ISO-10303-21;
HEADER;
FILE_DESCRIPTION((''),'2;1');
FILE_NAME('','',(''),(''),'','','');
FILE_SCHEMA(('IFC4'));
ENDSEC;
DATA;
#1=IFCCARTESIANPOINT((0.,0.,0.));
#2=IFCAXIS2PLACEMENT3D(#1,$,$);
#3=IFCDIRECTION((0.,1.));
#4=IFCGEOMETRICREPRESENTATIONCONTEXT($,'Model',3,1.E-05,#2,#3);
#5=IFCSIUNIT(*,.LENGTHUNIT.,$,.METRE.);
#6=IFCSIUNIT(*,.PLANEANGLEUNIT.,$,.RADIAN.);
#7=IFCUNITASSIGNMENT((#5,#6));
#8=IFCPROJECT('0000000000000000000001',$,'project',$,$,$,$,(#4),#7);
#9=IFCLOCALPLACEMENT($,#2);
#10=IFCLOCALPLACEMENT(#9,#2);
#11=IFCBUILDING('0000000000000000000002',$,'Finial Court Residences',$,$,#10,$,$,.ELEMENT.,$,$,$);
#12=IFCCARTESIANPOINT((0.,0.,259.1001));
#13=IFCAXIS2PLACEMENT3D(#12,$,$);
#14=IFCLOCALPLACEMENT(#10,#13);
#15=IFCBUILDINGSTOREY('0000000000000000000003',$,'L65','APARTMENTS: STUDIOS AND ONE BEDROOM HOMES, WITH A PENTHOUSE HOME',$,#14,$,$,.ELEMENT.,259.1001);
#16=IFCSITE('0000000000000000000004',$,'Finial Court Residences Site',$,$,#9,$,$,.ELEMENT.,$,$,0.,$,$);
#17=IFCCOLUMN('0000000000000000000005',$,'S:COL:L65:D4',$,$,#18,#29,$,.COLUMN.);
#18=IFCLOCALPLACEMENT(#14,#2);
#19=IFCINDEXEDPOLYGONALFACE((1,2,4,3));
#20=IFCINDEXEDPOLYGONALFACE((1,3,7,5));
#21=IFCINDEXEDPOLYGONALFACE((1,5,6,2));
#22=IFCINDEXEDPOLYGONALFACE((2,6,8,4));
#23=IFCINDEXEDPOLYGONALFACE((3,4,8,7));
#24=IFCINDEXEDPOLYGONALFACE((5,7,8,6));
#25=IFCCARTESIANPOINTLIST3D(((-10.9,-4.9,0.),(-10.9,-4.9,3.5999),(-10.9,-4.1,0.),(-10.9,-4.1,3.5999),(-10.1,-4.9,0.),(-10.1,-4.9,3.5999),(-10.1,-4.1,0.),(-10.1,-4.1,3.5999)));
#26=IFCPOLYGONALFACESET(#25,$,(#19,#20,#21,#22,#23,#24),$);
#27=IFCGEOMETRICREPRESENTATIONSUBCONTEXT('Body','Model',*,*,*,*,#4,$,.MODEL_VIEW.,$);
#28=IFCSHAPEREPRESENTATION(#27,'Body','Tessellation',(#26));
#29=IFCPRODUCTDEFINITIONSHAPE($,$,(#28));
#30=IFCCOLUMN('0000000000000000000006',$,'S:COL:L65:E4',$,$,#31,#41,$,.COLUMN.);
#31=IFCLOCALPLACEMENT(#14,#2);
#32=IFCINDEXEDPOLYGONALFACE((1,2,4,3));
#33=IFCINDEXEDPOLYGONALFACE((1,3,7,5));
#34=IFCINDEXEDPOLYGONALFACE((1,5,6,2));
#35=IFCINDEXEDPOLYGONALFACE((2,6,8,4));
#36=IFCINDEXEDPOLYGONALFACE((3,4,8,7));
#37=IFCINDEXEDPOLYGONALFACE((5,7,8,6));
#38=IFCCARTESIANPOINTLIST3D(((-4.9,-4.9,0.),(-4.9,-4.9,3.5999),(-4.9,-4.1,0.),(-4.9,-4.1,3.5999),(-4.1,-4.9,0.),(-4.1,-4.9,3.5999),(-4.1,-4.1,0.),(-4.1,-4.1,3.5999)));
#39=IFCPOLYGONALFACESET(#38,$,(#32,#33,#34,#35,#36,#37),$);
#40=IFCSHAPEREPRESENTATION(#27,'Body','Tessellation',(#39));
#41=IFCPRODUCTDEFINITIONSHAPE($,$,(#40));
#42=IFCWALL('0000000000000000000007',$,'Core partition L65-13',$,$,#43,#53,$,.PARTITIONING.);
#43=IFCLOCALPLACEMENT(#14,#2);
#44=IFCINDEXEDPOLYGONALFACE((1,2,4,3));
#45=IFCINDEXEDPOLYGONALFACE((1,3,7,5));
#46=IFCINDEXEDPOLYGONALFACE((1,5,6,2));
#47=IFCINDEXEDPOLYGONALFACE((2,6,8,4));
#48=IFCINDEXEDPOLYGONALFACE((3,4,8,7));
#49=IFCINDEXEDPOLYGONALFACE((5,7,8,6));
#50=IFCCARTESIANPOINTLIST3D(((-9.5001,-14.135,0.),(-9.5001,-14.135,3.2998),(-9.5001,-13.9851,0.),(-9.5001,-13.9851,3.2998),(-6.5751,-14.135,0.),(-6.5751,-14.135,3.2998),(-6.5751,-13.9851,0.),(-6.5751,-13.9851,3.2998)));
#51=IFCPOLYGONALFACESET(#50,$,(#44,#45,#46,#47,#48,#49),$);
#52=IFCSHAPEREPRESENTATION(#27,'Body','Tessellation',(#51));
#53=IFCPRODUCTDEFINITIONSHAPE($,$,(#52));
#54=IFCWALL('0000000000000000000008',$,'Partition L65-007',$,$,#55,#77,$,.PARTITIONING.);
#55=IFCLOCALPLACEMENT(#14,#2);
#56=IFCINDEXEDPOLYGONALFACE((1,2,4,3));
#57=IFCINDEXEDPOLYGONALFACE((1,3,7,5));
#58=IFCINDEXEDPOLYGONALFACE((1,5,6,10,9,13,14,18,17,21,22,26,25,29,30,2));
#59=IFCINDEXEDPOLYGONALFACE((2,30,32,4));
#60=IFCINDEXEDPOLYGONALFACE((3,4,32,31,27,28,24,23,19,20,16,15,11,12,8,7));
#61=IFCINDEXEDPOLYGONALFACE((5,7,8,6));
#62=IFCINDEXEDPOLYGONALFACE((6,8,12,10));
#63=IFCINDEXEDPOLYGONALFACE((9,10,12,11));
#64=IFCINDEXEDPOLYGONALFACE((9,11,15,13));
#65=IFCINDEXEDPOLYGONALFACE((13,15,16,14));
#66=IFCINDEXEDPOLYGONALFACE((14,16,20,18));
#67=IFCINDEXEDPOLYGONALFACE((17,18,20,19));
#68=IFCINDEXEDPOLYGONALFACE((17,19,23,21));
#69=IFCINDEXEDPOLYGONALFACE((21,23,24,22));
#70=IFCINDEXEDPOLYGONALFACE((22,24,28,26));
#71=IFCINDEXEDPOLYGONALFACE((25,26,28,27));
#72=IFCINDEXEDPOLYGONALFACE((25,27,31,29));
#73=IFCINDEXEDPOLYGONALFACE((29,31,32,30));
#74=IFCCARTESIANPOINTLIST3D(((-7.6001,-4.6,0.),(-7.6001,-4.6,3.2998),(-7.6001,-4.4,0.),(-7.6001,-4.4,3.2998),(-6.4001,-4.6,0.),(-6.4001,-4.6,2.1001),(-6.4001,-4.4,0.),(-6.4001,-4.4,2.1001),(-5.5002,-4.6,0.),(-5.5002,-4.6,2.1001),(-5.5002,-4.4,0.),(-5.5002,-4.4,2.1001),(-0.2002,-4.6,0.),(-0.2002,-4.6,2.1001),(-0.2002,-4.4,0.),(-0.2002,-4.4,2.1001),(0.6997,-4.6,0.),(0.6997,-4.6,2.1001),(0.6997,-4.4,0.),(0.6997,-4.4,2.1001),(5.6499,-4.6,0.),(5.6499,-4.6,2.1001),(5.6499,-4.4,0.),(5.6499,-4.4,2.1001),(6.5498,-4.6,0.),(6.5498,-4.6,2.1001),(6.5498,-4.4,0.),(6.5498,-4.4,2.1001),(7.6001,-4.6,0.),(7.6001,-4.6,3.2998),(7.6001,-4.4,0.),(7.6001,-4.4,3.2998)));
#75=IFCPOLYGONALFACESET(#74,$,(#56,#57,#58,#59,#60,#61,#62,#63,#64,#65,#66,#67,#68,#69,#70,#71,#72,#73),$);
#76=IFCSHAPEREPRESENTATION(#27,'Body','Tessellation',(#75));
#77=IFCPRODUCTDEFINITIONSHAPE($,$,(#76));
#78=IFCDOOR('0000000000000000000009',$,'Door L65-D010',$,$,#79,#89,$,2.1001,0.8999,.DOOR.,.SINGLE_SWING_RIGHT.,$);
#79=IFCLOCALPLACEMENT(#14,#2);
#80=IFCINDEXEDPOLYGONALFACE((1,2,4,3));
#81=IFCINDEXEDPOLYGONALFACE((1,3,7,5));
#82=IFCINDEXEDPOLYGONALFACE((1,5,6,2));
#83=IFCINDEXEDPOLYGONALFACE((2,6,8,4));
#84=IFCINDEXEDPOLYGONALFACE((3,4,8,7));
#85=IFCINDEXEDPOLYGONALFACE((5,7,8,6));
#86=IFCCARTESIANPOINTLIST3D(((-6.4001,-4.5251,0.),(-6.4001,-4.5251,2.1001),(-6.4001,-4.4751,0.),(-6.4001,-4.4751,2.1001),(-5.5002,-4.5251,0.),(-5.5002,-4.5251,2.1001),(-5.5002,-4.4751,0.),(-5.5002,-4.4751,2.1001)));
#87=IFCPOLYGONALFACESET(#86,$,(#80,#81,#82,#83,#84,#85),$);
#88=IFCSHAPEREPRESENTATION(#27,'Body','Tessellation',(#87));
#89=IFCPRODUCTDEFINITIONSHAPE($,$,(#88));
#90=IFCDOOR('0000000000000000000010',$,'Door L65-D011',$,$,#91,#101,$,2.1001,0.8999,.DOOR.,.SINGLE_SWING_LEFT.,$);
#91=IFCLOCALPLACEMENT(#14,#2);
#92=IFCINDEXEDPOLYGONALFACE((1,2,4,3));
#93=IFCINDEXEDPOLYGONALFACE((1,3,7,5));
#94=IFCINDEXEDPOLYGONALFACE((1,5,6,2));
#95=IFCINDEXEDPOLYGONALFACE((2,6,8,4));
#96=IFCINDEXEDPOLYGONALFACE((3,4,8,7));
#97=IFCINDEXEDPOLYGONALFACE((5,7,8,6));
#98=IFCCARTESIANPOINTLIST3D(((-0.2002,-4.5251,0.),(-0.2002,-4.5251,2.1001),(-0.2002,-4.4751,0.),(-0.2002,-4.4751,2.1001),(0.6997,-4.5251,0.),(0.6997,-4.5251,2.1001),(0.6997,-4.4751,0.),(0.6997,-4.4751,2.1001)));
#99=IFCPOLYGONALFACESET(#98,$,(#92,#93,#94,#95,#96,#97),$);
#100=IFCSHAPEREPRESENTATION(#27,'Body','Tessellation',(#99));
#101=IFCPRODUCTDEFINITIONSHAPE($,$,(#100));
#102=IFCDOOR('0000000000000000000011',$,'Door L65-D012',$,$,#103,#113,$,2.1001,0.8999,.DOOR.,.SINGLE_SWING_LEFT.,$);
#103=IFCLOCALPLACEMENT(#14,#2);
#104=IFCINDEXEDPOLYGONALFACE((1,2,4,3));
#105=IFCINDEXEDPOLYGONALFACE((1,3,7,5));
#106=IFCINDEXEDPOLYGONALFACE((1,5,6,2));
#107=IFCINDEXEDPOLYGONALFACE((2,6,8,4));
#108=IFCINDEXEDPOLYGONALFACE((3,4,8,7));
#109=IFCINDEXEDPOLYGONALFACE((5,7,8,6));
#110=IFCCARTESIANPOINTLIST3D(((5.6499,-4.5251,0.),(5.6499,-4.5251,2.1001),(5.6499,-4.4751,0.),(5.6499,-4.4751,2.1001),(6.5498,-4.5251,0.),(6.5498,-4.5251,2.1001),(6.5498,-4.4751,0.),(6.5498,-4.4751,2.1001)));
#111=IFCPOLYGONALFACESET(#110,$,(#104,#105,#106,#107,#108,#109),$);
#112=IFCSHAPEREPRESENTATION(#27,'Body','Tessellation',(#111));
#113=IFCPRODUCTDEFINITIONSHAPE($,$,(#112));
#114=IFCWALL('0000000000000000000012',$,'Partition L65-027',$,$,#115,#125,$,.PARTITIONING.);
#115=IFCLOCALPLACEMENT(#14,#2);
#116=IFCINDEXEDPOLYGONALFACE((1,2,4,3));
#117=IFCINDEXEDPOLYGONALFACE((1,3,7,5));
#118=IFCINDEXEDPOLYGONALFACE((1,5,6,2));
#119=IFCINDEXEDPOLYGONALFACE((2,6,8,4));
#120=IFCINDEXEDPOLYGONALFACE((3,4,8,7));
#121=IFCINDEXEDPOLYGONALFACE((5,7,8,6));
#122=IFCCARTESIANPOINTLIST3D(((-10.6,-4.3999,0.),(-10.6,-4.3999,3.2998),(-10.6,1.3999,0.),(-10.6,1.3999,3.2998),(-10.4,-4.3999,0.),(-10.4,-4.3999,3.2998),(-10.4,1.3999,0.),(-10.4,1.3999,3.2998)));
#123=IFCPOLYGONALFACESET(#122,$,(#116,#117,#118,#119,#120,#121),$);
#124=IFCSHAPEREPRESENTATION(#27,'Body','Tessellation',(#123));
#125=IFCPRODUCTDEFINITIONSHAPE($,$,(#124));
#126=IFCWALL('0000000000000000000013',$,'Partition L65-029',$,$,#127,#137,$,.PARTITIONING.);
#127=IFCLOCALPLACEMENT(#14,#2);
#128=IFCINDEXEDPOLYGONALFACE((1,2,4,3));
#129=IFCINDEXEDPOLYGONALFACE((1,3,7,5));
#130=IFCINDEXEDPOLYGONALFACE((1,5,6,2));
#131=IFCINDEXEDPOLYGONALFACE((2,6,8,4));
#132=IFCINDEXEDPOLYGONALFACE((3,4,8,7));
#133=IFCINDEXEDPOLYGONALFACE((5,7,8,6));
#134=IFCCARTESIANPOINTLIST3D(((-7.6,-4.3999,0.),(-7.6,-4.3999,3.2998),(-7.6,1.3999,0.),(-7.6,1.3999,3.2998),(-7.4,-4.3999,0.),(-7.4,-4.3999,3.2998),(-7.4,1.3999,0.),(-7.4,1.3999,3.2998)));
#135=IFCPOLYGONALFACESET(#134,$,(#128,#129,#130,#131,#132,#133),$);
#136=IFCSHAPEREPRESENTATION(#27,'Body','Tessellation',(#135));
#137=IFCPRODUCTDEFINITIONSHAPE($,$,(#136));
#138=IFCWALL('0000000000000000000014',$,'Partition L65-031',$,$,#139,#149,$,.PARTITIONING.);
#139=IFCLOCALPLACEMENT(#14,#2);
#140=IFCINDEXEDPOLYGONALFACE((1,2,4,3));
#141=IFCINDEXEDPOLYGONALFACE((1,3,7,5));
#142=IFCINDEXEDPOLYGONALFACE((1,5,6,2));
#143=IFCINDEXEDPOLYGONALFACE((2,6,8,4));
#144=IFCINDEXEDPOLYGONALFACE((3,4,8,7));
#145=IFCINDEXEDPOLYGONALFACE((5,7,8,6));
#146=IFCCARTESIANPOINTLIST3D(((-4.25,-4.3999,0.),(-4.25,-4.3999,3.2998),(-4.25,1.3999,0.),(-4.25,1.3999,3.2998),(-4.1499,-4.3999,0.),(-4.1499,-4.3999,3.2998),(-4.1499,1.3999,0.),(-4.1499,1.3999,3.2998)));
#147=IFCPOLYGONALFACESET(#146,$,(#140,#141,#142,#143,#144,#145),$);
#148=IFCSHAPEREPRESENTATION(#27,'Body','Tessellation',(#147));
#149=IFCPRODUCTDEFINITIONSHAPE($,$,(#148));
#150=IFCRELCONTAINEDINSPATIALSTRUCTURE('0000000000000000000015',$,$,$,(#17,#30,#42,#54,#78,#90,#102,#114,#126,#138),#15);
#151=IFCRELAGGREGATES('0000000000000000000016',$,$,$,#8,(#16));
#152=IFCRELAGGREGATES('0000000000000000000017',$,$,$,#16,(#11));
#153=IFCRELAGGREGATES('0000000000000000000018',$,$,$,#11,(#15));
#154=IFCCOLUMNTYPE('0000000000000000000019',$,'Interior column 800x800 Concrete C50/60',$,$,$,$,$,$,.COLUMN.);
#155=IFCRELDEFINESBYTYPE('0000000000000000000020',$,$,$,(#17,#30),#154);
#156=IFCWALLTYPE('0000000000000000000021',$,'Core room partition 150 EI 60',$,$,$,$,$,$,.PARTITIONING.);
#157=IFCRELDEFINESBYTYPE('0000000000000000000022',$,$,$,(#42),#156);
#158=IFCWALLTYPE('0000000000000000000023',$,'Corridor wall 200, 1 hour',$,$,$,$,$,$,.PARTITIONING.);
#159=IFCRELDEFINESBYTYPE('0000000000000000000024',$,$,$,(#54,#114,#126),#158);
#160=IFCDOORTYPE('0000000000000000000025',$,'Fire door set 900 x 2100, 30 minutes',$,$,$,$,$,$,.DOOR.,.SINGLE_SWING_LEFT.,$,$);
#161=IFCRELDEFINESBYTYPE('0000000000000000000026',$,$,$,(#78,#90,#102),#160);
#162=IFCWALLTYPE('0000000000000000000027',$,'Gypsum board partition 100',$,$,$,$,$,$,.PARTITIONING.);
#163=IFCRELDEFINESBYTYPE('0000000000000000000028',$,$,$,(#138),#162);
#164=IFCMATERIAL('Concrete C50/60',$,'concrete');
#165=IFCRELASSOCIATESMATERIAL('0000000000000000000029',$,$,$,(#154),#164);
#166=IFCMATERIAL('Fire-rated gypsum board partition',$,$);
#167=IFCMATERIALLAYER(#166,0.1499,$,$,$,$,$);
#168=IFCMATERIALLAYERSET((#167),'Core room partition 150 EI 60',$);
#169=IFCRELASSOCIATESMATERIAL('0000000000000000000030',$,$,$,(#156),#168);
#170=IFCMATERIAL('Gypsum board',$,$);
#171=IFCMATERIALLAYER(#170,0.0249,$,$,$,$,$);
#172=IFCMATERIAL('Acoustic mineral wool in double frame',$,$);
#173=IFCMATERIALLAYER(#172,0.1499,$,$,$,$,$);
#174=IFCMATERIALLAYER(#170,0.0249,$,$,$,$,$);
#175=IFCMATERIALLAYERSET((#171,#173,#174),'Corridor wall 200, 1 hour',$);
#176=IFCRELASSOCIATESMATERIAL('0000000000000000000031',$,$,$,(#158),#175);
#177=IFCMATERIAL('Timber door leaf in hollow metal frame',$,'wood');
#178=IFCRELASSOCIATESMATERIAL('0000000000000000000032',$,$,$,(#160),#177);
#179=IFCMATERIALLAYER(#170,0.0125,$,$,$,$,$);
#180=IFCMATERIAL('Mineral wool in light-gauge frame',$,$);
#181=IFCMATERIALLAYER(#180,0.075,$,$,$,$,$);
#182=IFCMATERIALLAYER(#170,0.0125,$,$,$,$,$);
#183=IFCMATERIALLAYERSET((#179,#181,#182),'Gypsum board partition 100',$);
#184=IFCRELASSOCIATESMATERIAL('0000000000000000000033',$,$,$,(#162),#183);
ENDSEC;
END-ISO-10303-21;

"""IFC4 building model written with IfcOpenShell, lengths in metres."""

from ifc_helpers import new_model, si_unit, direction, frame, frame_2d, origin, origin_2d, place, context, subcontext, project, spatial, rectangle, extrude, material, layer, layer_set, material_profile, profile_set, type_object, element, fill, save


model = new_model("IFC4")

# Units and contexts
model_context = context("Model", 3, precision=1e-05, world=origin(), true_north=direction((0.0, 1.0)))
body_context = subcontext(model_context, "Body", "Model", "MODEL_VIEW")
ifc_project = project(units=[si_unit("LENGTHUNIT", "METRE"), si_unit("PLANEANGLEUNIT", "RADIAN")], contexts=[model_context])

# Site, building, storey
site_placement = place(None, origin())
site = spatial("IfcSite", under=ifc_project, at=site_placement, Name="Finial Court Residences Site", CompositionType="ELEMENT", RefElevation=0.0)
building_placement = place(site_placement, origin())
building = spatial("IfcBuilding", under=site, at=building_placement, Name="Finial Court Residences", CompositionType="ELEMENT")
storey_placement = place(building_placement, frame((0.0, 0.0, 259.1001)))
storey = spatial("IfcBuildingStorey", under=building, at=storey_placement, Name="L65", Description="APARTMENTS: STUDIOS AND ONE BEDROOM HOMES, WITH A PENTHOUSE HOME", CompositionType="ELEMENT", Elevation=259.1001)

# Columns
ifc_material_1 = material(Name="Concrete C50/60", Category="concrete")
ifc_material_profile = material_profile(ifc_material_1, rectangle(XDim=0.8, YDim=0.8, at=origin_2d()), Name="800x800")
ifc_profile_set = profile_set([ifc_material_profile], Name="Concrete C50/60")
column_type = type_object("IfcColumnType", Name="Interior column 800x800 Concrete C50/60", PredefinedType="COLUMN", material=ifc_profile_set)
for number, where, z_axis, x_axis, name in (
    (1, (-10.5, -4.5, 0.0), (0.0, 0.0, 1.0), (1.0, 0.0, 0.0), "S:COL:L65:D4"),
    (2, (-4.5, -4.5, 0.0), (0.0, 0.0, 1.0), (1.0, 0.0, 0.0), "S:COL:L65:E4"),
):
    element("IfcColumn", number, at=place(storey_placement, frame(where, z_axis=z_axis, x_axis=x_axis)), inside=storey, type_object=column_type, Name=name, PredefinedType="COLUMN", context=body_context, shape_type="SweptSolid", body=[
        extrude(rectangle(XDim=0.8, YDim=0.8, at=origin_2d()), origin(), (0.0, 0.0, 1.0), 3.5999),
    ])

# Wall
ifc_material_2 = material(Name="Fire-rated gypsum board partition")
ifc_layer_1 = layer(ifc_material_2, 0.1499)
ifc_layer_set_1 = layer_set([ifc_layer_1], Name="Core room partition 150 EI 60")
wall_type_1 = type_object("IfcWallType", Name="Core room partition 150 EI 60", PredefinedType="PARTITIONING", material=ifc_layer_set_1)
wall_1_placement = place(storey_placement, frame((-9.5, -14.0601, 0.0), z_axis=(0.0, 0.0, 1.0), x_axis=(1.0, 0.0, 0.0)))
element("IfcWall", 3, at=wall_1_placement, inside=storey, type_object=wall_type_1, Name="Core partition L65-13", PredefinedType="PARTITIONING", context=body_context, shape_type="SweptSolid", body=[
    extrude(rectangle(XDim=2.925, YDim=0.1499, at=frame_2d((1.4624, 0.0))), origin(), (0.0, 0.0, 1.0), 3.2998),
])

# Wall, openings, doors
ifc_material_3 = material(Name="Gypsum board")
ifc_layer_2 = layer(ifc_material_3, 0.0249)
ifc_material_4 = material(Name="Acoustic mineral wool in double frame")
ifc_layer_3 = layer(ifc_material_4, 0.1499)
ifc_layer_4 = layer(ifc_material_3, 0.0249)
ifc_layer_set_2 = layer_set([ifc_layer_2, ifc_layer_3, ifc_layer_4], Name="Corridor wall 200, 1 hour")
wall_type_2 = type_object("IfcWallType", Name="Corridor wall 200, 1 hour", PredefinedType="PARTITIONING", material=ifc_layer_set_2)
wall_2_placement = place(storey_placement, frame((-7.6001, -4.5, 0.0), z_axis=(0.0, 0.0, 1.0), x_axis=(1.0, 0.0, 0.0)))
wall_2 = element("IfcWall", 4, at=wall_2_placement, inside=storey, type_object=wall_type_2, Name="Partition L65-007", PredefinedType="PARTITIONING", context=body_context, shape_type="SweptSolid", body=[
    extrude(rectangle(XDim=15.2002, YDim=0.2, at=frame_2d((7.6001, 0.0))), origin(), (0.0, 0.0, 1.0), 3.2998),
])
opening_1_placement = place(wall_2_placement, frame((1.2, 0.0, 0.0)))
opening_1 = element("IfcOpeningElement", 5, at=opening_1_placement, cuts=wall_2, PredefinedType="OPENING", context=body_context, shape_type="SweptSolid", body=[
    extrude(rectangle(XDim=0.8999, YDim=2.1001, at=frame_2d((0.45, 1.05))), frame((0.0, 0.1099, 0.0), z_axis=(0.0, -1.0, 0.0), x_axis=(1.0, 0.0, 0.0)), (0.0, 0.0, 1.0), 0.22),
])
opening_2_placement = place(wall_2_placement, frame((7.3999, 0.0, 0.0)))
opening_2 = element("IfcOpeningElement", 6, at=opening_2_placement, cuts=wall_2, PredefinedType="OPENING", context=body_context, shape_type="SweptSolid", body=[
    extrude(rectangle(XDim=0.8999, YDim=2.1001, at=frame_2d((0.45, 1.05))), frame((0.0, 0.1099, 0.0), z_axis=(0.0, -1.0, 0.0), x_axis=(1.0, 0.0, 0.0)), (0.0, 0.0, 1.0), 0.22),
])
opening_3_placement = place(wall_2_placement, frame((13.25, 0.0, 0.0)))
opening_3 = element("IfcOpeningElement", 7, at=opening_3_placement, cuts=wall_2, PredefinedType="OPENING", context=body_context, shape_type="SweptSolid", body=[
    extrude(rectangle(XDim=0.8999, YDim=2.1001, at=frame_2d((0.45, 1.05))), frame((0.0, 0.1099, 0.0), z_axis=(0.0, -1.0, 0.0), x_axis=(1.0, 0.0, 0.0)), (0.0, 0.0, 1.0), 0.22),
])
ifc_material_5 = material(Name="Timber door leaf in hollow metal frame", Category="wood")
door_type_1 = type_object("IfcDoorType", Name="Fire door set 900 x 2100, 30 minutes", OperationType="SINGLE_SWING_LEFT", PredefinedType="DOOR", material=ifc_material_5)
door_1_placement = place(opening_1_placement, origin())
door_1 = element("IfcDoor", 8, at=door_1_placement, inside=storey, type_object=door_type_1, Name="Door L65-D010", OperationType="SINGLE_SWING_RIGHT", OverallHeight=2.1001, OverallWidth=0.8999, PredefinedType="DOOR", context=body_context, shape_type="SweptSolid", body=[
    extrude(rectangle(XDim=0.8999, YDim=2.1001, at=frame_2d((0.45, 1.05))), frame((0.0, 0.0249, 0.0), z_axis=(0.0, -1.0, 0.0), x_axis=(1.0, 0.0, 0.0)), (0.0, 0.0, 1.0), 0.05),
])
fill(opening_1, door_1)
door_2_placement = place(opening_2_placement, origin())
door_2 = element("IfcDoor", 9, at=door_2_placement, inside=storey, type_object=door_type_1, Name="Door L65-D011", OperationType="SINGLE_SWING_LEFT", OverallHeight=2.1001, OverallWidth=0.8999, PredefinedType="DOOR", context=body_context, shape_type="SweptSolid", body=[
    extrude(rectangle(XDim=0.8999, YDim=2.1001, at=frame_2d((0.45, 1.05))), frame((0.0, 0.0249, 0.0), z_axis=(0.0, -1.0, 0.0), x_axis=(1.0, 0.0, 0.0)), (0.0, 0.0, 1.0), 0.05),
])
fill(opening_2, door_2)
door_3_placement = place(opening_3_placement, origin())
door_3 = element("IfcDoor", 10, at=door_3_placement, inside=storey, type_object=door_type_1, Name="Door L65-D012", OperationType="SINGLE_SWING_LEFT", OverallHeight=2.1001, OverallWidth=0.8999, PredefinedType="DOOR", context=body_context, shape_type="SweptSolid", body=[
    extrude(rectangle(XDim=0.8999, YDim=2.1001, at=frame_2d((0.45, 1.05))), frame((0.0, 0.0249, 0.0), z_axis=(0.0, -1.0, 0.0), x_axis=(1.0, 0.0, 0.0)), (0.0, 0.0, 1.0), 0.05),
])
fill(opening_3, door_3)

# Walls
for number, where, z_axis, x_axis, name in (
    (11, (-10.5, -4.3999, 0.0), (0.0, 0.0, 1.0), (0.0, 1.0, 0.0), "Partition L65-027"),
    (12, (-7.5, -4.3999, 0.0), (0.0, 0.0, 1.0), (0.0, 1.0, 0.0), "Partition L65-029"),
):
    element("IfcWall", number, at=place(storey_placement, frame(where, z_axis=z_axis, x_axis=x_axis)), inside=storey, type_object=wall_type_2, Name=name, PredefinedType="PARTITIONING", context=body_context, shape_type="SweptSolid", body=[
        extrude(rectangle(XDim=5.7998, YDim=0.2, at=frame_2d((2.8999, 0.0))), origin(), (0.0, 0.0, 1.0), 3.2998),
    ])
ifc_layer_5 = layer(ifc_material_3, 0.0125)
ifc_material_6 = material(Name="Mineral wool in light-gauge frame")
ifc_layer_6 = layer(ifc_material_6, 0.075)
ifc_layer_7 = layer(ifc_material_3, 0.0125)
ifc_layer_set_3 = layer_set([ifc_layer_5, ifc_layer_6, ifc_layer_7], Name="Gypsum board partition 100")
wall_type_3 = type_object("IfcWallType", Name="Gypsum board partition 100", PredefinedType="PARTITIONING", material=ifc_layer_set_3)
wall_3_placement = place(storey_placement, frame((-4.2, -4.3999, 0.0), z_axis=(0.0, 0.0, 1.0), x_axis=(0.0, 1.0, 0.0)))
element("IfcWall", 13, at=wall_3_placement, inside=storey, type_object=wall_type_3, Name="Partition L65-031", PredefinedType="PARTITIONING", context=body_context, shape_type="SweptSolid", body=[
    extrude(rectangle(XDim=5.7998, YDim=0.1001, at=frame_2d((2.8999, 0.0))), origin(), (0.0, 0.0, 1.0), 3.2998),
])

save(model, "model.ifc")
